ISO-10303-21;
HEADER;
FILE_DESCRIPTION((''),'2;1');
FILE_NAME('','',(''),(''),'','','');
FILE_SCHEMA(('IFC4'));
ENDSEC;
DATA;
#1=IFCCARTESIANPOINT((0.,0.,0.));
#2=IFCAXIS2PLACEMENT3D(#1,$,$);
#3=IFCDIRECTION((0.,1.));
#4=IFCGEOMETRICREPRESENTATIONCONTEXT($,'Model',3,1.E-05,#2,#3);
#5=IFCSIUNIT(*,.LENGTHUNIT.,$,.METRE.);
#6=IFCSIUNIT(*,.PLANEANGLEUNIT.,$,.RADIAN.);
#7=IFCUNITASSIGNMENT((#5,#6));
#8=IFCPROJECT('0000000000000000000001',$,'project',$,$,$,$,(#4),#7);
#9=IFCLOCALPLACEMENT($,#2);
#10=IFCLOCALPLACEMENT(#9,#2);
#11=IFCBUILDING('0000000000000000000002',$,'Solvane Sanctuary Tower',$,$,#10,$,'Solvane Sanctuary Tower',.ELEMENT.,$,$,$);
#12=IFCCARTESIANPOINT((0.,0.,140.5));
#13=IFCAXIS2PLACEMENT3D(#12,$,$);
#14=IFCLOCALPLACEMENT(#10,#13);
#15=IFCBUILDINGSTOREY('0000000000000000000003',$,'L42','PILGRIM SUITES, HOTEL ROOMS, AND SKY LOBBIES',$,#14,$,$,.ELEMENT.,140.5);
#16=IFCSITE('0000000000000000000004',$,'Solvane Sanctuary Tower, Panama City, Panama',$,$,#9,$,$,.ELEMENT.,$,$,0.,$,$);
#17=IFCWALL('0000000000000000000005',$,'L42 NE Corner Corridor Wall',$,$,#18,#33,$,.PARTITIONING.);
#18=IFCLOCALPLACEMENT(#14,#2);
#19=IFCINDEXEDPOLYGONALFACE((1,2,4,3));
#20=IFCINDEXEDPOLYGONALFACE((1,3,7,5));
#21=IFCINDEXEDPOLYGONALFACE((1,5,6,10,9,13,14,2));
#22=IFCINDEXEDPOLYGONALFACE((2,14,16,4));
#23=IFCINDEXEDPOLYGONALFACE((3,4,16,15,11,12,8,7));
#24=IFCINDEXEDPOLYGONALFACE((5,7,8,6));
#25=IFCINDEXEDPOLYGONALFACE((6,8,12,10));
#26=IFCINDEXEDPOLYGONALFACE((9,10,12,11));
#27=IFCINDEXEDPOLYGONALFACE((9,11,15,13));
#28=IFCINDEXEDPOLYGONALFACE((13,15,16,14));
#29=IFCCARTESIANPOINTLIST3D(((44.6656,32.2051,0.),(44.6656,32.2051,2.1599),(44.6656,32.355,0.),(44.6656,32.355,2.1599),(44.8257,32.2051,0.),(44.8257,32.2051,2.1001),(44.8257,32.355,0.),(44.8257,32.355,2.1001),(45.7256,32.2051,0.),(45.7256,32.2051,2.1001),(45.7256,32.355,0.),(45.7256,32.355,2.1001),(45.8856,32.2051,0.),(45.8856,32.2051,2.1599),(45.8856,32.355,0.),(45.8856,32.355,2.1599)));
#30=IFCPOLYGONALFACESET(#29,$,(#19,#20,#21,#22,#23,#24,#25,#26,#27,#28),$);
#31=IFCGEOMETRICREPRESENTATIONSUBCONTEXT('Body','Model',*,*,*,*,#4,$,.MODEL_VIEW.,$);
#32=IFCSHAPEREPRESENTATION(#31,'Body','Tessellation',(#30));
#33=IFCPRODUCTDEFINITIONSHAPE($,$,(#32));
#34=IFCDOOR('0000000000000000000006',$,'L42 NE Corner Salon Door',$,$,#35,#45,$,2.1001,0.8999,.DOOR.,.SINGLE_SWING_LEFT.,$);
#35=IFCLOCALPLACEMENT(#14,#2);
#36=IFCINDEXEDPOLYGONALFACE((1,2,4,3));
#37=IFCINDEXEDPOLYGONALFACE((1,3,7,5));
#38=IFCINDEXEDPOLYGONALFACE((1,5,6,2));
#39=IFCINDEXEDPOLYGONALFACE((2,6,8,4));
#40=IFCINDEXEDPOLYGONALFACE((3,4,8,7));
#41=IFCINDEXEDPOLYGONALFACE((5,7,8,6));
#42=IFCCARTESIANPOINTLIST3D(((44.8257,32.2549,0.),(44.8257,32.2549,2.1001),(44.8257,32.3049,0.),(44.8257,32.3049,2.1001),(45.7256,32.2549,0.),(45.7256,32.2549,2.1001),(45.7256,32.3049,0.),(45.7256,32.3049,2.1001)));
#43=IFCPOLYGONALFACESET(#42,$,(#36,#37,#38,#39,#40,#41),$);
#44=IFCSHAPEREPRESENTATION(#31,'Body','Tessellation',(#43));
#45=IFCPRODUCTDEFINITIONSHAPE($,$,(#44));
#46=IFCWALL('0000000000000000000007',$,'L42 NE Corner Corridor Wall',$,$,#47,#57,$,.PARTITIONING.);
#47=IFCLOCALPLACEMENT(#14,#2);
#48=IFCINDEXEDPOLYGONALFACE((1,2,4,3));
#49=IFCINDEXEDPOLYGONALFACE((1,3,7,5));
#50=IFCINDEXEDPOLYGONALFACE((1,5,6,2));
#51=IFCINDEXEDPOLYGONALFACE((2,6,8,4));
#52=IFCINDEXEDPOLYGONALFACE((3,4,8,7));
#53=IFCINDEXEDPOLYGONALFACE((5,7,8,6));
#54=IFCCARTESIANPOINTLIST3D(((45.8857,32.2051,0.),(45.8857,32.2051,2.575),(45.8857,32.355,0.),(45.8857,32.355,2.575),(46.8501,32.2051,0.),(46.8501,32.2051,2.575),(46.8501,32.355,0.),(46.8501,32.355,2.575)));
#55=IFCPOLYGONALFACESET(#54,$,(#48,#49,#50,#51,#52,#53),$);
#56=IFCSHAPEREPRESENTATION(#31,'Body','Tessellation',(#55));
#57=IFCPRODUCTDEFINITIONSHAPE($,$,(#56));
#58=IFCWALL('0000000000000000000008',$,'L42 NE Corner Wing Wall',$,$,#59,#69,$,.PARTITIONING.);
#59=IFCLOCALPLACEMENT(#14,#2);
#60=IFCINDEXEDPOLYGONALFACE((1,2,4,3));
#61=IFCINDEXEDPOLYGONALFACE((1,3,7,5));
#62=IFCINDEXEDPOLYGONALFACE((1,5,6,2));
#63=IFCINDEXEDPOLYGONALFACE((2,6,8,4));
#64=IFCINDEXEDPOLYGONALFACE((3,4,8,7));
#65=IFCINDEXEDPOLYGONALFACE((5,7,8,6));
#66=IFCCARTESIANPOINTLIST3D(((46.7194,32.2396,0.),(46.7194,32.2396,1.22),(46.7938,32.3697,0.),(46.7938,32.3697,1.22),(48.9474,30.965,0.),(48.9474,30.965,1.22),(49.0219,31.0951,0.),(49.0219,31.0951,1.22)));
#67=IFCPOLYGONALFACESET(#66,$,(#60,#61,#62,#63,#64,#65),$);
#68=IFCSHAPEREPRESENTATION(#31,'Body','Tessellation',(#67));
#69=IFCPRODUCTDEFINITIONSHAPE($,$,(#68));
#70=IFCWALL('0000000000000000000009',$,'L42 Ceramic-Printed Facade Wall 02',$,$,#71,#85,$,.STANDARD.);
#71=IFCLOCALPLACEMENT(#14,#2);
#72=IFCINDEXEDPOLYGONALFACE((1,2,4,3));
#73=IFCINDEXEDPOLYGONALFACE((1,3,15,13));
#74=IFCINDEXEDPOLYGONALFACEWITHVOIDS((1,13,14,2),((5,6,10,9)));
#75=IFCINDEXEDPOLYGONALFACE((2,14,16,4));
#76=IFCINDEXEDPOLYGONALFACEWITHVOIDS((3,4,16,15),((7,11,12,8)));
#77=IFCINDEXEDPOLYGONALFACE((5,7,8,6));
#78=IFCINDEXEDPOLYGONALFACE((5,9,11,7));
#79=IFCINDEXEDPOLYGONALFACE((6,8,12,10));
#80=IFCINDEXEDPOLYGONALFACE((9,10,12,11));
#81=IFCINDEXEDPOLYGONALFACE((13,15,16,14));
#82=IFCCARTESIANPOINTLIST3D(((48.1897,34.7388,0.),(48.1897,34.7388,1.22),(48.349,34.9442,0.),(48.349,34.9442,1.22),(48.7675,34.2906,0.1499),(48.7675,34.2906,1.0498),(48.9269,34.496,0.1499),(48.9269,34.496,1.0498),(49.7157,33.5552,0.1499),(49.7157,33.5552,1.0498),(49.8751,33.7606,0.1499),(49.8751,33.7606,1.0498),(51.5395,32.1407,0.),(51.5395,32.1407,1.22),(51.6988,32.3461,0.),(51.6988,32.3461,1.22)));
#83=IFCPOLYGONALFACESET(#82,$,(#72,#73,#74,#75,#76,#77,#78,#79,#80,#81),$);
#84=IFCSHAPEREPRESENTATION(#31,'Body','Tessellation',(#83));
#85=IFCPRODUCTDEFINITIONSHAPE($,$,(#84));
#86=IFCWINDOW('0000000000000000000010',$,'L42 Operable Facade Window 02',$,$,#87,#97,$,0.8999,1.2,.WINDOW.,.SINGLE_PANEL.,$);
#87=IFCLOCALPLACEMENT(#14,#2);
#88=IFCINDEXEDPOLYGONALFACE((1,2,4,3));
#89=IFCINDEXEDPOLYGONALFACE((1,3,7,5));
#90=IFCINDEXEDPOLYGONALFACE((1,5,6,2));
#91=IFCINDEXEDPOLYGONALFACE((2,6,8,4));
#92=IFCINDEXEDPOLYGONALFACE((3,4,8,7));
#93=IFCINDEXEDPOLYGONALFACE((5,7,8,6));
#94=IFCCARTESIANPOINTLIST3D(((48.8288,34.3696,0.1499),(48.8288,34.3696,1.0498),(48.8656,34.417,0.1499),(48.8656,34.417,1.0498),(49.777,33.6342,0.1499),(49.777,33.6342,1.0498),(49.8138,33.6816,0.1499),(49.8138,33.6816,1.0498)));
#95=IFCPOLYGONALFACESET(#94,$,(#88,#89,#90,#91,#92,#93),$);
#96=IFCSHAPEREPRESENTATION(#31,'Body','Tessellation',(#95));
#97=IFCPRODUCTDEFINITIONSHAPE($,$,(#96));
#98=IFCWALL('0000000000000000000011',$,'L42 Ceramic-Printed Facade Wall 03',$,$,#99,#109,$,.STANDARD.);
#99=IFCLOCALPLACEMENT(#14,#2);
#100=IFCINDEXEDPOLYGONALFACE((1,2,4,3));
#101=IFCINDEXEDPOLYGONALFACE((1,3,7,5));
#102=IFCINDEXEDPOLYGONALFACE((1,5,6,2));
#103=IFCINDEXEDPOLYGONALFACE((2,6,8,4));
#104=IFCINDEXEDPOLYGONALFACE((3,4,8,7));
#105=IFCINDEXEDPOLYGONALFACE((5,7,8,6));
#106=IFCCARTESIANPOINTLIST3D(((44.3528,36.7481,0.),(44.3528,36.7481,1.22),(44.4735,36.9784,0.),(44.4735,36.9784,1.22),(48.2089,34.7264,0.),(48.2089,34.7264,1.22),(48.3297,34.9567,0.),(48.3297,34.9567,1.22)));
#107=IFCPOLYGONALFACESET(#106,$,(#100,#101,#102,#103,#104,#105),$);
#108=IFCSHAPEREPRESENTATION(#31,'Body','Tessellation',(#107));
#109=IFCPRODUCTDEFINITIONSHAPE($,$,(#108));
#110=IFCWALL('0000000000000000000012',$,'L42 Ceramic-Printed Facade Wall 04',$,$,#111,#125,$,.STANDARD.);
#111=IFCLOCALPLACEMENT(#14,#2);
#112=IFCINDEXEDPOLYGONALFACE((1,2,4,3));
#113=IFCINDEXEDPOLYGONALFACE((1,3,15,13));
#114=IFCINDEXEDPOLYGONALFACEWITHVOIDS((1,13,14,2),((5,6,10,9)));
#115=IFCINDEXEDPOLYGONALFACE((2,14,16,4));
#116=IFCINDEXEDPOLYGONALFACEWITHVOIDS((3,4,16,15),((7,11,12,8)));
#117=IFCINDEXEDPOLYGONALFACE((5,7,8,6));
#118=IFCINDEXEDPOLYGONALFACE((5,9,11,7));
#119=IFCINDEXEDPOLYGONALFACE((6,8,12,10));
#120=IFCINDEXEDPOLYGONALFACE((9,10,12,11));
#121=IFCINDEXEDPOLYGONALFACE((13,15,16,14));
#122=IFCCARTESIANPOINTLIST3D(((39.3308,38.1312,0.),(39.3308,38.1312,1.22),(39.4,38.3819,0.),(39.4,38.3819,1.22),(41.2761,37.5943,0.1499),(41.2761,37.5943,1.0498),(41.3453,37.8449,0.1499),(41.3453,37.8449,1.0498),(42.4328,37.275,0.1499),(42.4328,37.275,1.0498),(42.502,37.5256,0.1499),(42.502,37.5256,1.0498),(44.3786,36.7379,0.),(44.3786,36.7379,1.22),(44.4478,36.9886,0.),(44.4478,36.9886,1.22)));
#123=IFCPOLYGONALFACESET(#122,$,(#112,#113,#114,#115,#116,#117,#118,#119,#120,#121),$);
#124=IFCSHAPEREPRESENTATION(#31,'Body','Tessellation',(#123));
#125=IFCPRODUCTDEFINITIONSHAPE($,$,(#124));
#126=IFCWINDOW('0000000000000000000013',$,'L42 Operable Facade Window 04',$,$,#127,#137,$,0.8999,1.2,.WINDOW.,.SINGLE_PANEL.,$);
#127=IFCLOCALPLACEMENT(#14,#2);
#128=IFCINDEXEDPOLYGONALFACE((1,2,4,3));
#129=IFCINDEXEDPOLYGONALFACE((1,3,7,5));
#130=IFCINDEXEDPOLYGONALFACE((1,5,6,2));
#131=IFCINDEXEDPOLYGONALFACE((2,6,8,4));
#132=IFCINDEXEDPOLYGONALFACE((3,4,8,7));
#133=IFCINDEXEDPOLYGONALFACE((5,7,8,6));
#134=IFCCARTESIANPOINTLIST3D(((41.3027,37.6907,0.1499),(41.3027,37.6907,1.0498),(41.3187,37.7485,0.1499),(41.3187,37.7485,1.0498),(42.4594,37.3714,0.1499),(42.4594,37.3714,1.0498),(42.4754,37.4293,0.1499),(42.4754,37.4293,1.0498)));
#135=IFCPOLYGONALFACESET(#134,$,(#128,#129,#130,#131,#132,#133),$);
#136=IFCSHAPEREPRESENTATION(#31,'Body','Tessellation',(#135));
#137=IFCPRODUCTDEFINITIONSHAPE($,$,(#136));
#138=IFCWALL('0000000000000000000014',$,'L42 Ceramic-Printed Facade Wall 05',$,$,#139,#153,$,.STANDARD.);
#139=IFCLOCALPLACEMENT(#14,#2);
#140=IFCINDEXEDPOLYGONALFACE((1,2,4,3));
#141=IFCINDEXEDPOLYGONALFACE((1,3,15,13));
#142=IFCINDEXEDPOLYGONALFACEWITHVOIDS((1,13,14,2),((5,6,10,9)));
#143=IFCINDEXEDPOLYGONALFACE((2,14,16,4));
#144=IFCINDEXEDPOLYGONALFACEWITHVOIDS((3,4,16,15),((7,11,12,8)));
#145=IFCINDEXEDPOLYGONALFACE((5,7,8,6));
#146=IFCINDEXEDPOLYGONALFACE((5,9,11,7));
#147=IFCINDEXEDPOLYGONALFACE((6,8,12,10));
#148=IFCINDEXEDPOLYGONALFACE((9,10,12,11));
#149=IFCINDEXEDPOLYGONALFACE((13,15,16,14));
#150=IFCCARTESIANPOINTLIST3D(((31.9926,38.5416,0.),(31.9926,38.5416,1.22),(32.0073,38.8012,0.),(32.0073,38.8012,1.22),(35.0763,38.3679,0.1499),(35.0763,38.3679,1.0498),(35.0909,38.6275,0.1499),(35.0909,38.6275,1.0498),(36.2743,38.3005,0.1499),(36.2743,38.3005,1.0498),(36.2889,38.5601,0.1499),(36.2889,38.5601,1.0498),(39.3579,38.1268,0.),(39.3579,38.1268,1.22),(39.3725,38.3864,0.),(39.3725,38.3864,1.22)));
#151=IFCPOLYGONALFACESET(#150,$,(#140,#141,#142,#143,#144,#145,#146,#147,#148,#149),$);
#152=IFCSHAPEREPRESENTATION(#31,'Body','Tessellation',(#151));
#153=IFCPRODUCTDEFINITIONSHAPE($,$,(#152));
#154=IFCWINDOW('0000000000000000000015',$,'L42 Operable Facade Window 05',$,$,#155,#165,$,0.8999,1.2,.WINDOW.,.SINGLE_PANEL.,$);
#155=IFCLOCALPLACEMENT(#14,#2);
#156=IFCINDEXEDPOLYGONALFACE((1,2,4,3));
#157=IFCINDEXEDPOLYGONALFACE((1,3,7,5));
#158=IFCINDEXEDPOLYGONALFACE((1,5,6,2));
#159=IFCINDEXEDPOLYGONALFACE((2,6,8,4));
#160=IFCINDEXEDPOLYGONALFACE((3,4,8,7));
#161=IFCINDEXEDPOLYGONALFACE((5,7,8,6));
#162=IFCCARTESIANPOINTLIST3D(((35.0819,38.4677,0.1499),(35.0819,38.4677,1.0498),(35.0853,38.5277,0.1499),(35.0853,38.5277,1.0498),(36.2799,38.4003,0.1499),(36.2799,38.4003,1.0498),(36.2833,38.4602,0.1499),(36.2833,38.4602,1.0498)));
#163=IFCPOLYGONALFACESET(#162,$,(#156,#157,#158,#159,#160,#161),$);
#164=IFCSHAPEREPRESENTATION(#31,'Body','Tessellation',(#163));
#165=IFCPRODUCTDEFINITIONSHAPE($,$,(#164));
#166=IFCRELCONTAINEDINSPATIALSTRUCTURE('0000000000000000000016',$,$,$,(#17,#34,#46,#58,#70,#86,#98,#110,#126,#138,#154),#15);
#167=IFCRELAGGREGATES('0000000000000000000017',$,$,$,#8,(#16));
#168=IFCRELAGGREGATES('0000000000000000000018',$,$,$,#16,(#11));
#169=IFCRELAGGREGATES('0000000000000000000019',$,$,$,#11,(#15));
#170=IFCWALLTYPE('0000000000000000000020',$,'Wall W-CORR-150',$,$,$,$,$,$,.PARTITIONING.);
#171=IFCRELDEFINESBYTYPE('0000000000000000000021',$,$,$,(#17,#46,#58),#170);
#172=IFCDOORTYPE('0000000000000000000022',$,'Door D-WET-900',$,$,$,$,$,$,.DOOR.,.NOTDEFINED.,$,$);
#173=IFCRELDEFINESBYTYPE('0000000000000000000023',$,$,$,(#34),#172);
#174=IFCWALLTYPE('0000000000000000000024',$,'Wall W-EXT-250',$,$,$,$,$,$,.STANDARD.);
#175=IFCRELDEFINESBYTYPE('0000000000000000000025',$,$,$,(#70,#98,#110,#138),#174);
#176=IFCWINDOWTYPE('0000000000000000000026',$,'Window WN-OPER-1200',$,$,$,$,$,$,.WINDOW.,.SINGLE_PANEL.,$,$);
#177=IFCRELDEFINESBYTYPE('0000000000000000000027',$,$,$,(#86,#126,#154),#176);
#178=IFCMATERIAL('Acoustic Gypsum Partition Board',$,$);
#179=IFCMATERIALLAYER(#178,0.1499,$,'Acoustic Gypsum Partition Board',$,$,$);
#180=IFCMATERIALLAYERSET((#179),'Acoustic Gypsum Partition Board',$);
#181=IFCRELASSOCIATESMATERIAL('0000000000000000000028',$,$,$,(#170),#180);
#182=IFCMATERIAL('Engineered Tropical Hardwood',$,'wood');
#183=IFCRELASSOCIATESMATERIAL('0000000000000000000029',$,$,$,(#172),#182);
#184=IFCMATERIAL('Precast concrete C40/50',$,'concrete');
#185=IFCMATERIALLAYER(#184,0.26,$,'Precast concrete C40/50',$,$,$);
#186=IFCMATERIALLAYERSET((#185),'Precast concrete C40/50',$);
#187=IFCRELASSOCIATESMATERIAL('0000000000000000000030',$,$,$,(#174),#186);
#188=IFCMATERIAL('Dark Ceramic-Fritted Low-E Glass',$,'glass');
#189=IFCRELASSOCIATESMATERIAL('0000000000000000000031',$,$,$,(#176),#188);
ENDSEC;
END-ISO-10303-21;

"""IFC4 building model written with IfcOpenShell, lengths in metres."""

from ifc_helpers import new_model, si_unit, direction, frame, frame_2d, origin, place, context, subcontext, project, spatial, rectangle, extrude, material, layer, layer_set, type_object, element, fill, save


model = new_model("IFC4")

# Units and contexts
model_context = context("Model", 3, precision=1e-05, world=origin(), true_north=direction((0.0, 1.0)))
body_context = subcontext(model_context, "Body", "Model", "MODEL_VIEW")
ifc_project = project(units=[si_unit("LENGTHUNIT", "METRE"), si_unit("PLANEANGLEUNIT", "RADIAN")], contexts=[model_context])

# Site, building, storey
site_placement = place(None, origin())
site = spatial("IfcSite", under=ifc_project, at=site_placement, Name="Solvane Sanctuary Tower, Panama City, Panama", CompositionType="ELEMENT", RefElevation=0.0)
building_placement = place(site_placement, origin())
building = spatial("IfcBuilding", under=site, at=building_placement, Name="Solvane Sanctuary Tower", LongName="Solvane Sanctuary Tower", CompositionType="ELEMENT")
storey_placement = place(building_placement, frame((0.0, 0.0, 140.5)))
storey = spatial("IfcBuildingStorey", under=building, at=storey_placement, Name="L42", Description="PILGRIM SUITES, HOTEL ROOMS, AND SKY LOBBIES", CompositionType="ELEMENT", Elevation=140.5)

# Wall, opening, door
ifc_material_1 = material(Name="Acoustic Gypsum Partition Board")
ifc_layer_1 = layer(ifc_material_1, 0.1499, Name="Acoustic Gypsum Partition Board")
ifc_layer_set_1 = layer_set([ifc_layer_1], Name="Acoustic Gypsum Partition Board")
wall_type_1 = type_object("IfcWallType", Name="Wall W-CORR-150", PredefinedType="PARTITIONING", material=ifc_layer_set_1)
wall_1_placement = place(storey_placement, frame((44.6658, 32.28, 0.0), z_axis=(0.0, 0.0, 1.0), x_axis=(1.0, 0.0, 0.0)))
wall_1 = element("IfcWall", 1, at=wall_1_placement, inside=storey, type_object=wall_type_1, Name="L42 NE Corner Corridor Wall", PredefinedType="PARTITIONING", context=body_context, shape_type="SweptSolid", body=[
    extrude(rectangle(XDim=1.22, YDim=0.1499, at=frame_2d((0.6099, 0.0))), origin(), (0.0, 0.0, 1.0), 2.1599),
])
opening_1_placement = place(wall_1_placement, frame((0.1599, 0.0, 0.0)))
opening_1 = element("IfcOpeningElement", 2, at=opening_1_placement, cuts=wall_1, PredefinedType="OPENING", context=body_context, shape_type="SweptSolid", body=[
    extrude(rectangle(XDim=0.8999, YDim=2.1001, at=frame_2d((0.45, 1.05))), frame((0.0, 0.085, 0.0), z_axis=(0.0, -1.0, 0.0), x_axis=(1.0, 0.0, 0.0)), (0.0, 0.0, 1.0), 0.1699),
])
ifc_material_2 = material(Name="Engineered Tropical Hardwood", Category="wood")
door_type_1 = type_object("IfcDoorType", Name="Door D-WET-900", OperationType="NOTDEFINED", PredefinedType="DOOR", material=ifc_material_2)
door_1_placement = place(opening_1_placement, origin())
door_1 = element("IfcDoor", 3, at=door_1_placement, inside=storey, type_object=door_type_1, Name="L42 NE Corner Salon Door", OperationType="SINGLE_SWING_LEFT", OverallHeight=2.1001, OverallWidth=0.8999, PredefinedType="DOOR", context=body_context, shape_type="SweptSolid", body=[
    extrude(rectangle(XDim=0.8999, YDim=2.1001, at=frame_2d((0.45, 1.05))), frame((0.0, 0.0249, 0.0), z_axis=(0.0, -1.0, 0.0), x_axis=(1.0, 0.0, 0.0)), (0.0, 0.0, 1.0), 0.05),
])
fill(opening_1, door_1)

# Walls
wall_2_placement = place(storey_placement, frame((45.8857, 32.28, 0.0), z_axis=(0.0, 0.0, 1.0), x_axis=(1.0, 0.0, 0.0)))
element("IfcWall", 4, at=wall_2_placement, inside=storey, type_object=wall_type_1, Name="L42 NE Corner Corridor Wall", PredefinedType="PARTITIONING", context=body_context, shape_type="SweptSolid", body=[
    extrude(rectangle(XDim=0.9644, YDim=0.1499, at=frame_2d((0.4822, 0.0))), origin(), (0.0, 0.0, 1.0), 2.575),
])
wall_3_placement = place(storey_placement, frame((46.7566, 32.3047, 0.0), z_axis=(0.0, 0.0, 1.0), x_axis=(0.867991, -0.496579, 0.0)))
element("IfcWall", 5, at=wall_3_placement, inside=storey, type_object=wall_type_1, Name="L42 NE Corner Wing Wall", PredefinedType="PARTITIONING", context=body_context, shape_type="SweptSolid", body=[
    extrude(rectangle(XDim=2.5669, YDim=0.1499, at=frame_2d((1.2834, 0.0))), origin(), (0.0, 0.0, 1.0), 1.22),
])

# Wall, opening, window
ifc_material_3 = material(Name="Precast concrete C40/50", Category="concrete")
ifc_layer_2 = layer(ifc_material_3, 0.26, Name="Precast concrete C40/50")
ifc_layer_set_2 = layer_set([ifc_layer_2], Name="Precast concrete C40/50")
wall_type_2 = type_object("IfcWallType", Name="Wall W-EXT-250", PredefinedType="STANDARD", material=ifc_layer_set_2)
wall_4_placement = place(storey_placement, frame((51.6191, 32.2434, 0.0), z_axis=(0.0, 0.0, 1.0), x_axis=(-0.790186, 0.612868, 0.0)))
wall_4 = element("IfcWall", 6, at=wall_4_placement, inside=storey, type_object=wall_type_2, Name="L42 Ceramic-Printed Facade Wall 02", PredefinedType="STANDARD", context=body_context, shape_type="SweptSolid", body=[
    extrude(rectangle(XDim=4.2393, YDim=0.26, at=frame_2d((2.1196, 0.0))), origin(), (0.0, 0.0, 1.0), 1.22),
])
opening_2_placement = place(wall_4_placement, frame((2.3079, 0.0, 0.1499)))
opening_2 = element("IfcOpeningElement", 7, at=opening_2_placement, cuts=wall_4, PredefinedType="OPENING", context=body_context, shape_type="SweptSolid", body=[
    extrude(rectangle(XDim=1.2, YDim=0.8999, at=frame_2d((0.6001, 0.45))), frame((0.0, 0.1399, 0.0), z_axis=(0.0, -1.0, 0.0), x_axis=(1.0, 0.0, 0.0)), (0.0, 0.0, 1.0), 0.28),
])
ifc_material_4 = material(Name="Dark Ceramic-Fritted Low-E Glass", Category="glass")
window_type = type_object("IfcWindowType", Name="Window WN-OPER-1200", PartitioningType="SINGLE_PANEL", PredefinedType="WINDOW", material=ifc_material_4)
window_1_placement = place(opening_2_placement, origin())
window_1 = element("IfcWindow", 8, at=window_1_placement, inside=storey, type_object=window_type, Name="L42 Operable Facade Window 02", OverallHeight=0.8999, OverallWidth=1.2, PartitioningType="SINGLE_PANEL", PredefinedType="WINDOW", context=body_context, shape_type="SweptSolid", body=[
    extrude(rectangle(XDim=1.2, YDim=0.8999, at=frame_2d((0.6001, 0.45))), frame((0.0, 0.03, 0.0), z_axis=(0.0, -1.0, 0.0), x_axis=(1.0, 0.0, 0.0)), (0.0, 0.0, 1.0), 0.0601),
])
fill(opening_2, window_1)

# Wall
wall_5_placement = place(storey_placement, frame((48.2693, 34.8416, 0.0), z_axis=(0.0, 0.0, 1.0), x_axis=(-0.88566, 0.464334, 0.0)))
element("IfcWall", 9, at=wall_5_placement, inside=storey, type_object=wall_type_2, Name="L42 Ceramic-Printed Facade Wall 03", PredefinedType="STANDARD", context=body_context, shape_type="SweptSolid", body=[
    extrude(rectangle(XDim=4.354, YDim=0.26, at=frame_2d((2.177, 0.0))), origin(), (0.0, 0.0, 1.0), 1.22),
])

# Walls, openings, windows
wall_6_placement = place(storey_placement, frame((44.4131, 36.8633, 0.0), z_axis=(0.0, 0.0, 1.0), x_axis=(-0.963953, 0.266071, 0.0)))
wall_6 = element("IfcWall", 10, at=wall_6_placement, inside=storey, type_object=wall_type_2, Name="L42 Ceramic-Printed Facade Wall 04", PredefinedType="STANDARD", context=body_context, shape_type="SweptSolid", body=[
    extrude(rectangle(XDim=5.2366, YDim=0.26, at=frame_2d((2.6182, 0.0))), origin(), (0.0, 0.0, 1.0), 1.22),
])
opening_3_placement = place(wall_6_placement, frame((2.0183, 0.0, 0.1499)))
opening_3 = element("IfcOpeningElement", 11, at=opening_3_placement, cuts=wall_6, PredefinedType="OPENING", context=body_context, shape_type="SweptSolid", body=[
    extrude(rectangle(XDim=1.2, YDim=0.8999, at=frame_2d((0.6001, 0.45))), frame((0.0, 0.1399, 0.0), z_axis=(0.0, -1.0, 0.0), x_axis=(1.0, 0.0, 0.0)), (0.0, 0.0, 1.0), 0.28),
])
window_2_placement = place(opening_3_placement, origin())
window_2 = element("IfcWindow", 12, at=window_2_placement, inside=storey, type_object=window_type, Name="L42 Operable Facade Window 04", OverallHeight=0.8999, OverallWidth=1.2, PartitioningType="SINGLE_PANEL", PredefinedType="WINDOW", context=body_context, shape_type="SweptSolid", body=[
    extrude(rectangle(XDim=1.2, YDim=0.8999, at=frame_2d((0.6001, 0.45))), frame((0.0, 0.03, 0.0), z_axis=(0.0, -1.0, 0.0), x_axis=(1.0, 0.0, 0.0)), (0.0, 0.0, 1.0), 0.0601),
])
fill(opening_3, window_2)
wall_7_placement = place(storey_placement, frame((39.3652, 38.2566, 0.0), z_axis=(0.0, 0.0, 1.0), x_axis=(-0.998418, 0.056229, 0.0)))
wall_7 = element("IfcWall", 13, at=wall_7_placement, inside=storey, type_object=wall_type_2, Name="L42 Ceramic-Printed Facade Wall 05", PredefinedType="STANDARD", context=body_context, shape_type="SweptSolid", body=[
    extrude(rectangle(XDim=7.377, YDim=0.26, at=frame_2d((3.6885, 0.0))), origin(), (0.0, 0.0, 1.0), 1.22),
])
opening_4_placement = place(wall_7_placement, frame((3.0884, 0.0, 0.1499)))
opening_4 = element("IfcOpeningElement", 14, at=opening_4_placement, cuts=wall_7, PredefinedType="OPENING", context=body_context, shape_type="SweptSolid", body=[
    extrude(rectangle(XDim=1.2, YDim=0.8999, at=frame_2d((0.6001, 0.45))), frame((0.0, 0.1399, 0.0), z_axis=(0.0, -1.0, 0.0), x_axis=(1.0, 0.0, 0.0)), (0.0, 0.0, 1.0), 0.28),
])
window_3_placement = place(opening_4_placement, origin())
window_3 = element("IfcWindow", 15, at=window_3_placement, inside=storey, type_object=window_type, Name="L42 Operable Facade Window 05", OverallHeight=0.8999, OverallWidth=1.2, PartitioningType="SINGLE_PANEL", PredefinedType="WINDOW", context=body_context, shape_type="SweptSolid", body=[
    extrude(rectangle(XDim=1.2, YDim=0.8999, at=frame_2d((0.6001, 0.45))), frame((0.0, 0.03, 0.0), z_axis=(0.0, -1.0, 0.0), x_axis=(1.0, 0.0, 0.0)), (0.0, 0.0, 1.0), 0.0601),
])
fill(opening_4, window_3)

save(model, "model.ifc")
